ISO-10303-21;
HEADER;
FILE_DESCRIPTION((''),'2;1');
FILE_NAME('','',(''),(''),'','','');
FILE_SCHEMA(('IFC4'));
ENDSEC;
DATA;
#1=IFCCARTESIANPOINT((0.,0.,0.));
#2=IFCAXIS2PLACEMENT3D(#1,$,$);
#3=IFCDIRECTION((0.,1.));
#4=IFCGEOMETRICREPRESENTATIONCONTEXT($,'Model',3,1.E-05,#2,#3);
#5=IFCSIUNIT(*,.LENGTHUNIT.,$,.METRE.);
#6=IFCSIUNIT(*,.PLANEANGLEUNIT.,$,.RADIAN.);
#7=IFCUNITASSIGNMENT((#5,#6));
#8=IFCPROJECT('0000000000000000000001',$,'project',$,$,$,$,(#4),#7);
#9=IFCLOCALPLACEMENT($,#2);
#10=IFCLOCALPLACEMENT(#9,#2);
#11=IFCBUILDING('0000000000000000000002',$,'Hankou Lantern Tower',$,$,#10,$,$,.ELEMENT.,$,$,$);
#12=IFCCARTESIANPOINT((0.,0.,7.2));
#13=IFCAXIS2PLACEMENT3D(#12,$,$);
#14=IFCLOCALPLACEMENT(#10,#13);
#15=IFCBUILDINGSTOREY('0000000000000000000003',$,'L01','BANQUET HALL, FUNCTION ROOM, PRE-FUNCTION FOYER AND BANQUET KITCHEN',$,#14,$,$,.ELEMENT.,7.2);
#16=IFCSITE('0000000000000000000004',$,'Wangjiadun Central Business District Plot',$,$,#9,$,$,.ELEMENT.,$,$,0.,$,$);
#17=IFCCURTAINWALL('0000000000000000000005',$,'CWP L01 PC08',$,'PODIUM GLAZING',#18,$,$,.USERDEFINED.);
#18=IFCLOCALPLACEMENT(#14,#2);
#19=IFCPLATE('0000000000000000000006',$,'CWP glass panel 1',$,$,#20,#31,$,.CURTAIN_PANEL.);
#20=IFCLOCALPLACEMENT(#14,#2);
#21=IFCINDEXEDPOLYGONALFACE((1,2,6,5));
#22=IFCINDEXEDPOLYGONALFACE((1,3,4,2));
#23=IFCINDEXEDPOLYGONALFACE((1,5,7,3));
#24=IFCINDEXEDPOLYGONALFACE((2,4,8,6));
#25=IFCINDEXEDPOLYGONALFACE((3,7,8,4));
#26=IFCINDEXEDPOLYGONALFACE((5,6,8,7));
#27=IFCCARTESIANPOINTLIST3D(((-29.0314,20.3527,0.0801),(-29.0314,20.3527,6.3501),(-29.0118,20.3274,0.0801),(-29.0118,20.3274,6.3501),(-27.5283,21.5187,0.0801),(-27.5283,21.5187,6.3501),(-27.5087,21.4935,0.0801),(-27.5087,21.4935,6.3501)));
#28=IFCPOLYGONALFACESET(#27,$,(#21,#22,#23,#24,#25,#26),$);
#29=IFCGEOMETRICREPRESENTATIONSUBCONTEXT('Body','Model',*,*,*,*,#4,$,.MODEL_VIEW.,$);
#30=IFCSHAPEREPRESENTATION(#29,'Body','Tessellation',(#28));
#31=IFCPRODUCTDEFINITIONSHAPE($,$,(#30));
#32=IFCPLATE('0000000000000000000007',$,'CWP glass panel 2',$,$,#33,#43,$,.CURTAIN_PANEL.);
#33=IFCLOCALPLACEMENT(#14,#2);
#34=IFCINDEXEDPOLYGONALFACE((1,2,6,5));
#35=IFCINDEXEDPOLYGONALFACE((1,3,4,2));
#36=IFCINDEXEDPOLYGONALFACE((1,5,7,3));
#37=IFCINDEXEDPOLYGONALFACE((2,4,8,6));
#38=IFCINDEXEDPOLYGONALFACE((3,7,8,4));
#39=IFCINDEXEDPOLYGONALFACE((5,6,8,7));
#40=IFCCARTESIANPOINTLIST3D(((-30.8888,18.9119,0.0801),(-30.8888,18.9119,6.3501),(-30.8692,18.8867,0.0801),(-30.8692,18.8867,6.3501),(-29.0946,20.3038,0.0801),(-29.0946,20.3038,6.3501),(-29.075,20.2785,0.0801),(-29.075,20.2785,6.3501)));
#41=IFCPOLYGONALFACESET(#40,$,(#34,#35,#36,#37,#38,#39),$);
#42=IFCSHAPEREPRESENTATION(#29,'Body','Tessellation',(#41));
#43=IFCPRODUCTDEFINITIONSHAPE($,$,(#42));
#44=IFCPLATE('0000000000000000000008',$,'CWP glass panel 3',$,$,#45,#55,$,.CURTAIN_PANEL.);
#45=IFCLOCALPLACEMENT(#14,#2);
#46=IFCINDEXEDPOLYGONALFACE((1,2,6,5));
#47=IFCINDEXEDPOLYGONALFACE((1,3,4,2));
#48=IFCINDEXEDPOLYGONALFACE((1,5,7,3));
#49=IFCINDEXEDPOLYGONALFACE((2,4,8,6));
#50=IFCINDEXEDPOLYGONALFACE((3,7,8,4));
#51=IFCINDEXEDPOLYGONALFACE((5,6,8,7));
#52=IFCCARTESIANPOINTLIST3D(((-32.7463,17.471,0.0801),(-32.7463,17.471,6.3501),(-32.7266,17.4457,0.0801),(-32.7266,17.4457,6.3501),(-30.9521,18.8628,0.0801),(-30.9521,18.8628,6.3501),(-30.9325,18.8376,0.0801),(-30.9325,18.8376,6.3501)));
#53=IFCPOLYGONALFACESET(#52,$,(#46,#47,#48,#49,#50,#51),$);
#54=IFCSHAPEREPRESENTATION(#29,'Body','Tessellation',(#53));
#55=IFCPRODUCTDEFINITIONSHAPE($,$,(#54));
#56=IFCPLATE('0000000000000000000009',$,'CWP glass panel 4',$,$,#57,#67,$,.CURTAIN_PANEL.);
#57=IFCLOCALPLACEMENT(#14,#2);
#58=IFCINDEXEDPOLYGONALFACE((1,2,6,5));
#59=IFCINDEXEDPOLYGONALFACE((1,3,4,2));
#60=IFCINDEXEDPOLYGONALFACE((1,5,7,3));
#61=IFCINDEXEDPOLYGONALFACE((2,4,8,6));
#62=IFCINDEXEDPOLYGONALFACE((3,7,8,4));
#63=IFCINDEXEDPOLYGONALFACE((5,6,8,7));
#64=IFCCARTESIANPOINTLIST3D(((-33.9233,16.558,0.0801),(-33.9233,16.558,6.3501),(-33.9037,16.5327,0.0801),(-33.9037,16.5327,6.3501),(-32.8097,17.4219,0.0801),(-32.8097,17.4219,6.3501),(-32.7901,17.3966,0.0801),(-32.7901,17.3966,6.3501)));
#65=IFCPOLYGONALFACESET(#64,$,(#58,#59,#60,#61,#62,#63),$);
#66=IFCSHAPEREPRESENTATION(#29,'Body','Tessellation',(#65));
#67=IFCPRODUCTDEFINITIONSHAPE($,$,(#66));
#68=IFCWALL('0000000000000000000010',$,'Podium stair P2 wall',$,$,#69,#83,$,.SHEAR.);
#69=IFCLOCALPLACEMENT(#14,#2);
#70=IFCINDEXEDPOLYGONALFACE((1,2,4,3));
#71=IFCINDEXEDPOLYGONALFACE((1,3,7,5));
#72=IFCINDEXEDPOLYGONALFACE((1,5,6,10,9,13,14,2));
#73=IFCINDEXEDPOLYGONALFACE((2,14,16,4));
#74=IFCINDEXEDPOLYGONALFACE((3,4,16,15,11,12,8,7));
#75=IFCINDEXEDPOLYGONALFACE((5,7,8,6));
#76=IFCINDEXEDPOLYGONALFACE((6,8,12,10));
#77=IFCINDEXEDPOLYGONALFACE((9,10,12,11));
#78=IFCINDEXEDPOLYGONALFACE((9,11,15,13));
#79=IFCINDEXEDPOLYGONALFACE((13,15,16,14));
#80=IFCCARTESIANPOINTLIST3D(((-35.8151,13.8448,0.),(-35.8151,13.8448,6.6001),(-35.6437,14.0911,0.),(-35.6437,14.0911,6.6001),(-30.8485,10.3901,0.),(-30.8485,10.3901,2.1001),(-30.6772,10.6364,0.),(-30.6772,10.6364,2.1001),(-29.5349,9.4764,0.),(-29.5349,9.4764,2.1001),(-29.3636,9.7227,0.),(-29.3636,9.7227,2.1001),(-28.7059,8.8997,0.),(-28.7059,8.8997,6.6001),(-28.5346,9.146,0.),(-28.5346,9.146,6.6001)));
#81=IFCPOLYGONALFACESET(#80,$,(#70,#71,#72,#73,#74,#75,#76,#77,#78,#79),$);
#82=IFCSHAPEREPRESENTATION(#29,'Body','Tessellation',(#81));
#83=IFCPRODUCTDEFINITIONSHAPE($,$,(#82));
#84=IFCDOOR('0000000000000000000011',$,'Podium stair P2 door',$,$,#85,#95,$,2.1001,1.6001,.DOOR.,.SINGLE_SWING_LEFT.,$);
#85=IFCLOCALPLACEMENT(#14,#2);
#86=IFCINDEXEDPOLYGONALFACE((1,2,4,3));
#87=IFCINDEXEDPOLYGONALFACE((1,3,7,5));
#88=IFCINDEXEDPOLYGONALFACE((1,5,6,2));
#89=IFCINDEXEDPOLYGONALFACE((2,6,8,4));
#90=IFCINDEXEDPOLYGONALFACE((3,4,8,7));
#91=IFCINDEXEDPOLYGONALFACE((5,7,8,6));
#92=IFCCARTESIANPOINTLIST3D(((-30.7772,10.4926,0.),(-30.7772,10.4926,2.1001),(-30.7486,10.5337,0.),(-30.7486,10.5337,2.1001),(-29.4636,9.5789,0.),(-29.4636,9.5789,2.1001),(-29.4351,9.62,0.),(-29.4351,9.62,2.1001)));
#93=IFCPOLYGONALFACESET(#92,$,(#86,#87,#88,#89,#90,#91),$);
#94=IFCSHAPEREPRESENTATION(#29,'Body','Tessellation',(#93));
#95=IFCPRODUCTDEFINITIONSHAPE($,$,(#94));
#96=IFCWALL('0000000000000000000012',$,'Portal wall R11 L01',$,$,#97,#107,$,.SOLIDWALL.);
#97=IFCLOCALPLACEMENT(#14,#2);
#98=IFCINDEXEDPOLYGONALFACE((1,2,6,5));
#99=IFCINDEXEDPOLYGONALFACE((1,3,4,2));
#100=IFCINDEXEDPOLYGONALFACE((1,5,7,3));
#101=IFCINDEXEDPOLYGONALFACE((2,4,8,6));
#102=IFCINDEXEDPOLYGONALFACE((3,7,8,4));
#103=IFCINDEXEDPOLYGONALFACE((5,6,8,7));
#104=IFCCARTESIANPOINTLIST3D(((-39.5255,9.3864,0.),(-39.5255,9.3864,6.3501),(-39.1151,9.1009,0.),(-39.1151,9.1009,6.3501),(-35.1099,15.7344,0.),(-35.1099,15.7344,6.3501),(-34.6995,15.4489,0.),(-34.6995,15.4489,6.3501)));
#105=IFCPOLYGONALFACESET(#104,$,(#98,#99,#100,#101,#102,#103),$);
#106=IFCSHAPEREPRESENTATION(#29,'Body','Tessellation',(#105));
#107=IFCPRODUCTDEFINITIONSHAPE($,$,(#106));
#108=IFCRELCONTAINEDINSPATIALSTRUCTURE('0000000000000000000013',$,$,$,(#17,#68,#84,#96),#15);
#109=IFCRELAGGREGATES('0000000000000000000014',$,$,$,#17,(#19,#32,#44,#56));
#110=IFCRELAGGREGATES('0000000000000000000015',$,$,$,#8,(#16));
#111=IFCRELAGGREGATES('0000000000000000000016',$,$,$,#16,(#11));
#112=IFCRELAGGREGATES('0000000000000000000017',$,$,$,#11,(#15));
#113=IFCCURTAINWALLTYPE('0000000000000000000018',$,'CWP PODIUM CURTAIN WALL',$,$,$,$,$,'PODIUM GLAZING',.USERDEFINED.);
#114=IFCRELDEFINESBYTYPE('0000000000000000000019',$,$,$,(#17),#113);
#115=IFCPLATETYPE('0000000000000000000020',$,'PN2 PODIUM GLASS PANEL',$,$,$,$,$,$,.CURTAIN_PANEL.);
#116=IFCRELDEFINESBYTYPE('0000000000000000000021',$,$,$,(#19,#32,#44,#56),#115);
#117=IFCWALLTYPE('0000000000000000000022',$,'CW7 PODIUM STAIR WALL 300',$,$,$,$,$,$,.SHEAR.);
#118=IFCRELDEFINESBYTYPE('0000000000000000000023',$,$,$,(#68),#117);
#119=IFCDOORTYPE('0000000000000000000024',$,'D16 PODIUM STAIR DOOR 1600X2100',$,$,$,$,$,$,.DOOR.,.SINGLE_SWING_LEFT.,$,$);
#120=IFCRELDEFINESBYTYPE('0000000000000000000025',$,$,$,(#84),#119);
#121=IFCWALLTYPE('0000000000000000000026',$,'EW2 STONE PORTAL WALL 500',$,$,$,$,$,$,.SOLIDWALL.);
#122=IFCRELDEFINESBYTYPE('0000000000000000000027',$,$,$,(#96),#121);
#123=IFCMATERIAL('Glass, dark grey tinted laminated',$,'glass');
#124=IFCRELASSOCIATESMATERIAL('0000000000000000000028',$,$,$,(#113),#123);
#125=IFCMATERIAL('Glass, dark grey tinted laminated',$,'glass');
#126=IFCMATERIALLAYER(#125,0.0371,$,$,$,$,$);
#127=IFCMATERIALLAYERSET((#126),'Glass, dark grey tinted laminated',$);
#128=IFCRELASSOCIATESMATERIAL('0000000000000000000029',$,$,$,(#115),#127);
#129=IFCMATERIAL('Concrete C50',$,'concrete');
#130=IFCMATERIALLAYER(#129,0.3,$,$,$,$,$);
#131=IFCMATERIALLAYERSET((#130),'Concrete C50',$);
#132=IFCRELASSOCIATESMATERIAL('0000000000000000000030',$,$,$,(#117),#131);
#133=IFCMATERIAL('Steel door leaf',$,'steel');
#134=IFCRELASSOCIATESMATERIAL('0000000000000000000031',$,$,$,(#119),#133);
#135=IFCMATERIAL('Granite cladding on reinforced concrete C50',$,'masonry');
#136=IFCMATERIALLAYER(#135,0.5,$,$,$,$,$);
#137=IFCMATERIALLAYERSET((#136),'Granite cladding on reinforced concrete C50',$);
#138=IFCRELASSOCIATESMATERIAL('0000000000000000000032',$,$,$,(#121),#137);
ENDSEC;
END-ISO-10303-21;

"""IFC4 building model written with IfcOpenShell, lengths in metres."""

from ifc_helpers import new_model, si_unit, direction, frame, frame_2d, origin, origin_2d, place, context, subcontext, project, spatial, rectangle, extrude, material, layer, layer_set, type_object, element, fill, aggregate, save


model = new_model("IFC4")

# Units and contexts
model_context = context("Model", 3, precision=1e-05, world=origin(), true_north=direction((0.0, 1.0)))
body_context = subcontext(model_context, "Body", "Model", "MODEL_VIEW")
ifc_project = project(units=[si_unit("LENGTHUNIT", "METRE"), si_unit("PLANEANGLEUNIT", "RADIAN")], contexts=[model_context])

# Site, building, storey
site_placement = place(None, origin())
site = spatial("IfcSite", under=ifc_project, at=site_placement, Name="Wangjiadun Central Business District Plot", CompositionType="ELEMENT", RefElevation=0.0)
building_placement = place(site_placement, origin())
building = spatial("IfcBuilding", under=site, at=building_placement, Name="Hankou Lantern Tower", CompositionType="ELEMENT")
storey_placement = place(building_placement, frame((0.0, 0.0, 7.2)))
storey = spatial("IfcBuildingStorey", under=building, at=storey_placement, Name="L01", Description="BANQUET HALL, FUNCTION ROOM, PRE-FUNCTION FOYER AND BANQUET KITCHEN", CompositionType="ELEMENT", Elevation=7.2)

# Curtain wall
ifc_material_1 = material(Name="Glass, dark grey tinted laminated", Category="glass")
curtain_wall_type = type_object("IfcCurtainWallType", Name="CWP PODIUM CURTAIN WALL", ElementType="PODIUM GLAZING", PredefinedType="USERDEFINED", material=ifc_material_1)
curtain_wall_placement = place(storey_placement, origin())
curtain_wall = element("IfcCurtainWall", 1, at=curtain_wall_placement, inside=storey, type_object=curtain_wall_type, Name="CWP L01 PC08", ObjectType="PODIUM GLAZING", PredefinedType="USERDEFINED")

# Plates
ifc_material_2 = material(Name="Glass, dark grey tinted laminated", Category="glass")
ifc_layer_1 = layer(ifc_material_2, 0.0371)
ifc_layer_set_1 = layer_set([ifc_layer_1], Name="Glass, dark grey tinted laminated")
plate_type = type_object("IfcPlateType", Name="PN2 PODIUM GLASS PANEL", PredefinedType="CURTAIN_PANEL", material=ifc_layer_set_1)
plate_1_placement = place(storey_placement, frame((-28.27, 20.9231, 0.0801), z_axis=(0.0, 0.0, 1.0), x_axis=(-0.79013, -0.61294, 0.0)))
plate_1 = element("IfcPlate", 2, at=plate_1_placement, type_object=plate_type, Name="CWP glass panel 1", PredefinedType="CURTAIN_PANEL", context=body_context, shape_type="SweptSolid", body=[
    extrude(rectangle(XDim=1.9023, YDim=0.032, at=origin_2d()), origin(), (0.0, 0.0, 1.0), 6.27),
])
plate_2_placement = place(storey_placement, frame((-29.9819, 19.5952, 0.0801), z_axis=(0.0, 0.0, 1.0), x_axis=(-0.79013, -0.61294, 0.0)))
plate_2 = element("IfcPlate", 3, at=plate_2_placement, type_object=plate_type, Name="CWP glass panel 2", PredefinedType="CURTAIN_PANEL", context=body_context, shape_type="SweptSolid", body=[
    extrude(rectangle(XDim=2.2708, YDim=0.032, at=origin_2d()), origin(), (0.0, 0.0, 1.0), 6.27),
])
plate_3_placement = place(storey_placement, frame((-31.8394, 18.1543, 0.0801), z_axis=(0.0, 0.0, 1.0), x_axis=(-0.79013, -0.61294, 0.0)))
plate_3 = element("IfcPlate", 4, at=plate_3_placement, type_object=plate_type, Name="CWP glass panel 3", PredefinedType="CURTAIN_PANEL", context=body_context, shape_type="SweptSolid", body=[
    extrude(rectangle(XDim=2.2708, YDim=0.032, at=origin_2d()), origin(), (0.0, 0.0, 1.0), 6.27),
])
plate_4_placement = place(storey_placement, frame((-33.3567, 16.9773, 0.0801), z_axis=(0.0, 0.0, 1.0), x_axis=(-0.79013, -0.61294, 0.0)))
plate_4 = element("IfcPlate", 5, at=plate_4_placement, type_object=plate_type, Name="CWP glass panel 4", PredefinedType="CURTAIN_PANEL", context=body_context, shape_type="SweptSolid", body=[
    extrude(rectangle(XDim=1.4094, YDim=0.032, at=origin_2d()), origin(), (0.0, 0.0, 1.0), 6.27),
])
aggregate(curtain_wall, [plate_1, plate_2, plate_3, plate_4])

# Wall, opening, door
ifc_material_3 = material(Name="Concrete C50", Category="concrete")
ifc_layer_2 = layer(ifc_material_3, 0.3)
ifc_layer_set_2 = layer_set([ifc_layer_2], Name="Concrete C50")
wall_type_1 = type_object("IfcWallType", Name="CW7 PODIUM STAIR WALL 300", PredefinedType="SHEAR", material=ifc_layer_set_2)
wall_1_placement = place(storey_placement, frame((-35.7295, 13.968, 0.0), z_axis=(0.0, 0.0, 1.0), x_axis=(0.820928, -0.571032, 0.0)))
wall_1 = element("IfcWall", 6, at=wall_1_placement, inside=storey, type_object=wall_type_1, Name="Podium stair P2 wall", PredefinedType="SHEAR", context=body_context, shape_type="SweptSolid", body=[
    extrude(rectangle(XDim=8.6599, YDim=0.3, at=frame_2d((4.3301, 0.0))), origin(), (0.0, 0.0, 1.0), 6.6001),
])
opening_placement = place(wall_1_placement, frame((6.05, 0.0, 0.0)))
opening = element("IfcOpeningElement", 7, at=opening_placement, cuts=wall_1, PredefinedType="OPENING", context=body_context, shape_type="SweptSolid", body=[
    extrude(rectangle(XDim=1.6001, YDim=2.1001, at=frame_2d((0.8, 1.05))), frame((0.0, 0.1599, 0.0), z_axis=(0.0, -1.0, 0.0), x_axis=(1.0, 0.0, 0.0)), (0.0, 0.0, 1.0), 0.3201),
])
ifc_material_4 = material(Name="Steel door leaf", Category="steel")
door_type = type_object("IfcDoorType", Name="D16 PODIUM STAIR DOOR 1600X2100", OperationType="SINGLE_SWING_LEFT", PredefinedType="DOOR", material=ifc_material_4)
door_placement = place(opening_placement, origin())
door = element("IfcDoor", 8, at=door_placement, inside=storey, type_object=door_type, Name="Podium stair P2 door", OperationType="SINGLE_SWING_LEFT", OverallHeight=2.1001, OverallWidth=1.6001, PredefinedType="DOOR", context=body_context, shape_type="SweptSolid", body=[
    extrude(rectangle(XDim=1.6001, YDim=2.1001, at=frame_2d((0.8, 1.05))), frame((0.0, 0.0249, 0.0), z_axis=(0.0, -1.0, 0.0), x_axis=(1.0, 0.0, 0.0)), (0.0, 0.0, 1.0), 0.05),
])
fill(opening, door)

# Wall
ifc_material_5 = material(Name="Granite cladding on reinforced concrete C50", Category="masonry")
ifc_layer_3 = layer(ifc_material_5, 0.5)
ifc_layer_set_3 = layer_set([ifc_layer_3], Name="Granite cladding on reinforced concrete C50")
wall_type_2 = type_object("IfcWallType", Name="EW2 STONE PORTAL WALL 500", PredefinedType="SOLIDWALL", material=ifc_layer_set_3)
wall_2_placement = place(storey_placement, frame((-34.9048, 15.5916, 0.0), z_axis=(0.0, 0.0, 1.0), x_axis=(-0.571029, -0.82093, 0.0)))
element("IfcWall", 9, at=wall_2_placement, inside=storey, type_object=wall_type_2, Name="Portal wall R11 L01", PredefinedType="SOLIDWALL", context=body_context, shape_type="SweptSolid", body=[
    extrude(rectangle(XDim=7.7327, YDim=0.5, at=frame_2d((3.8662, 0.0))), origin(), (0.0, 0.0, 1.0), 6.3501),
])

save(model, "model.ifc")
